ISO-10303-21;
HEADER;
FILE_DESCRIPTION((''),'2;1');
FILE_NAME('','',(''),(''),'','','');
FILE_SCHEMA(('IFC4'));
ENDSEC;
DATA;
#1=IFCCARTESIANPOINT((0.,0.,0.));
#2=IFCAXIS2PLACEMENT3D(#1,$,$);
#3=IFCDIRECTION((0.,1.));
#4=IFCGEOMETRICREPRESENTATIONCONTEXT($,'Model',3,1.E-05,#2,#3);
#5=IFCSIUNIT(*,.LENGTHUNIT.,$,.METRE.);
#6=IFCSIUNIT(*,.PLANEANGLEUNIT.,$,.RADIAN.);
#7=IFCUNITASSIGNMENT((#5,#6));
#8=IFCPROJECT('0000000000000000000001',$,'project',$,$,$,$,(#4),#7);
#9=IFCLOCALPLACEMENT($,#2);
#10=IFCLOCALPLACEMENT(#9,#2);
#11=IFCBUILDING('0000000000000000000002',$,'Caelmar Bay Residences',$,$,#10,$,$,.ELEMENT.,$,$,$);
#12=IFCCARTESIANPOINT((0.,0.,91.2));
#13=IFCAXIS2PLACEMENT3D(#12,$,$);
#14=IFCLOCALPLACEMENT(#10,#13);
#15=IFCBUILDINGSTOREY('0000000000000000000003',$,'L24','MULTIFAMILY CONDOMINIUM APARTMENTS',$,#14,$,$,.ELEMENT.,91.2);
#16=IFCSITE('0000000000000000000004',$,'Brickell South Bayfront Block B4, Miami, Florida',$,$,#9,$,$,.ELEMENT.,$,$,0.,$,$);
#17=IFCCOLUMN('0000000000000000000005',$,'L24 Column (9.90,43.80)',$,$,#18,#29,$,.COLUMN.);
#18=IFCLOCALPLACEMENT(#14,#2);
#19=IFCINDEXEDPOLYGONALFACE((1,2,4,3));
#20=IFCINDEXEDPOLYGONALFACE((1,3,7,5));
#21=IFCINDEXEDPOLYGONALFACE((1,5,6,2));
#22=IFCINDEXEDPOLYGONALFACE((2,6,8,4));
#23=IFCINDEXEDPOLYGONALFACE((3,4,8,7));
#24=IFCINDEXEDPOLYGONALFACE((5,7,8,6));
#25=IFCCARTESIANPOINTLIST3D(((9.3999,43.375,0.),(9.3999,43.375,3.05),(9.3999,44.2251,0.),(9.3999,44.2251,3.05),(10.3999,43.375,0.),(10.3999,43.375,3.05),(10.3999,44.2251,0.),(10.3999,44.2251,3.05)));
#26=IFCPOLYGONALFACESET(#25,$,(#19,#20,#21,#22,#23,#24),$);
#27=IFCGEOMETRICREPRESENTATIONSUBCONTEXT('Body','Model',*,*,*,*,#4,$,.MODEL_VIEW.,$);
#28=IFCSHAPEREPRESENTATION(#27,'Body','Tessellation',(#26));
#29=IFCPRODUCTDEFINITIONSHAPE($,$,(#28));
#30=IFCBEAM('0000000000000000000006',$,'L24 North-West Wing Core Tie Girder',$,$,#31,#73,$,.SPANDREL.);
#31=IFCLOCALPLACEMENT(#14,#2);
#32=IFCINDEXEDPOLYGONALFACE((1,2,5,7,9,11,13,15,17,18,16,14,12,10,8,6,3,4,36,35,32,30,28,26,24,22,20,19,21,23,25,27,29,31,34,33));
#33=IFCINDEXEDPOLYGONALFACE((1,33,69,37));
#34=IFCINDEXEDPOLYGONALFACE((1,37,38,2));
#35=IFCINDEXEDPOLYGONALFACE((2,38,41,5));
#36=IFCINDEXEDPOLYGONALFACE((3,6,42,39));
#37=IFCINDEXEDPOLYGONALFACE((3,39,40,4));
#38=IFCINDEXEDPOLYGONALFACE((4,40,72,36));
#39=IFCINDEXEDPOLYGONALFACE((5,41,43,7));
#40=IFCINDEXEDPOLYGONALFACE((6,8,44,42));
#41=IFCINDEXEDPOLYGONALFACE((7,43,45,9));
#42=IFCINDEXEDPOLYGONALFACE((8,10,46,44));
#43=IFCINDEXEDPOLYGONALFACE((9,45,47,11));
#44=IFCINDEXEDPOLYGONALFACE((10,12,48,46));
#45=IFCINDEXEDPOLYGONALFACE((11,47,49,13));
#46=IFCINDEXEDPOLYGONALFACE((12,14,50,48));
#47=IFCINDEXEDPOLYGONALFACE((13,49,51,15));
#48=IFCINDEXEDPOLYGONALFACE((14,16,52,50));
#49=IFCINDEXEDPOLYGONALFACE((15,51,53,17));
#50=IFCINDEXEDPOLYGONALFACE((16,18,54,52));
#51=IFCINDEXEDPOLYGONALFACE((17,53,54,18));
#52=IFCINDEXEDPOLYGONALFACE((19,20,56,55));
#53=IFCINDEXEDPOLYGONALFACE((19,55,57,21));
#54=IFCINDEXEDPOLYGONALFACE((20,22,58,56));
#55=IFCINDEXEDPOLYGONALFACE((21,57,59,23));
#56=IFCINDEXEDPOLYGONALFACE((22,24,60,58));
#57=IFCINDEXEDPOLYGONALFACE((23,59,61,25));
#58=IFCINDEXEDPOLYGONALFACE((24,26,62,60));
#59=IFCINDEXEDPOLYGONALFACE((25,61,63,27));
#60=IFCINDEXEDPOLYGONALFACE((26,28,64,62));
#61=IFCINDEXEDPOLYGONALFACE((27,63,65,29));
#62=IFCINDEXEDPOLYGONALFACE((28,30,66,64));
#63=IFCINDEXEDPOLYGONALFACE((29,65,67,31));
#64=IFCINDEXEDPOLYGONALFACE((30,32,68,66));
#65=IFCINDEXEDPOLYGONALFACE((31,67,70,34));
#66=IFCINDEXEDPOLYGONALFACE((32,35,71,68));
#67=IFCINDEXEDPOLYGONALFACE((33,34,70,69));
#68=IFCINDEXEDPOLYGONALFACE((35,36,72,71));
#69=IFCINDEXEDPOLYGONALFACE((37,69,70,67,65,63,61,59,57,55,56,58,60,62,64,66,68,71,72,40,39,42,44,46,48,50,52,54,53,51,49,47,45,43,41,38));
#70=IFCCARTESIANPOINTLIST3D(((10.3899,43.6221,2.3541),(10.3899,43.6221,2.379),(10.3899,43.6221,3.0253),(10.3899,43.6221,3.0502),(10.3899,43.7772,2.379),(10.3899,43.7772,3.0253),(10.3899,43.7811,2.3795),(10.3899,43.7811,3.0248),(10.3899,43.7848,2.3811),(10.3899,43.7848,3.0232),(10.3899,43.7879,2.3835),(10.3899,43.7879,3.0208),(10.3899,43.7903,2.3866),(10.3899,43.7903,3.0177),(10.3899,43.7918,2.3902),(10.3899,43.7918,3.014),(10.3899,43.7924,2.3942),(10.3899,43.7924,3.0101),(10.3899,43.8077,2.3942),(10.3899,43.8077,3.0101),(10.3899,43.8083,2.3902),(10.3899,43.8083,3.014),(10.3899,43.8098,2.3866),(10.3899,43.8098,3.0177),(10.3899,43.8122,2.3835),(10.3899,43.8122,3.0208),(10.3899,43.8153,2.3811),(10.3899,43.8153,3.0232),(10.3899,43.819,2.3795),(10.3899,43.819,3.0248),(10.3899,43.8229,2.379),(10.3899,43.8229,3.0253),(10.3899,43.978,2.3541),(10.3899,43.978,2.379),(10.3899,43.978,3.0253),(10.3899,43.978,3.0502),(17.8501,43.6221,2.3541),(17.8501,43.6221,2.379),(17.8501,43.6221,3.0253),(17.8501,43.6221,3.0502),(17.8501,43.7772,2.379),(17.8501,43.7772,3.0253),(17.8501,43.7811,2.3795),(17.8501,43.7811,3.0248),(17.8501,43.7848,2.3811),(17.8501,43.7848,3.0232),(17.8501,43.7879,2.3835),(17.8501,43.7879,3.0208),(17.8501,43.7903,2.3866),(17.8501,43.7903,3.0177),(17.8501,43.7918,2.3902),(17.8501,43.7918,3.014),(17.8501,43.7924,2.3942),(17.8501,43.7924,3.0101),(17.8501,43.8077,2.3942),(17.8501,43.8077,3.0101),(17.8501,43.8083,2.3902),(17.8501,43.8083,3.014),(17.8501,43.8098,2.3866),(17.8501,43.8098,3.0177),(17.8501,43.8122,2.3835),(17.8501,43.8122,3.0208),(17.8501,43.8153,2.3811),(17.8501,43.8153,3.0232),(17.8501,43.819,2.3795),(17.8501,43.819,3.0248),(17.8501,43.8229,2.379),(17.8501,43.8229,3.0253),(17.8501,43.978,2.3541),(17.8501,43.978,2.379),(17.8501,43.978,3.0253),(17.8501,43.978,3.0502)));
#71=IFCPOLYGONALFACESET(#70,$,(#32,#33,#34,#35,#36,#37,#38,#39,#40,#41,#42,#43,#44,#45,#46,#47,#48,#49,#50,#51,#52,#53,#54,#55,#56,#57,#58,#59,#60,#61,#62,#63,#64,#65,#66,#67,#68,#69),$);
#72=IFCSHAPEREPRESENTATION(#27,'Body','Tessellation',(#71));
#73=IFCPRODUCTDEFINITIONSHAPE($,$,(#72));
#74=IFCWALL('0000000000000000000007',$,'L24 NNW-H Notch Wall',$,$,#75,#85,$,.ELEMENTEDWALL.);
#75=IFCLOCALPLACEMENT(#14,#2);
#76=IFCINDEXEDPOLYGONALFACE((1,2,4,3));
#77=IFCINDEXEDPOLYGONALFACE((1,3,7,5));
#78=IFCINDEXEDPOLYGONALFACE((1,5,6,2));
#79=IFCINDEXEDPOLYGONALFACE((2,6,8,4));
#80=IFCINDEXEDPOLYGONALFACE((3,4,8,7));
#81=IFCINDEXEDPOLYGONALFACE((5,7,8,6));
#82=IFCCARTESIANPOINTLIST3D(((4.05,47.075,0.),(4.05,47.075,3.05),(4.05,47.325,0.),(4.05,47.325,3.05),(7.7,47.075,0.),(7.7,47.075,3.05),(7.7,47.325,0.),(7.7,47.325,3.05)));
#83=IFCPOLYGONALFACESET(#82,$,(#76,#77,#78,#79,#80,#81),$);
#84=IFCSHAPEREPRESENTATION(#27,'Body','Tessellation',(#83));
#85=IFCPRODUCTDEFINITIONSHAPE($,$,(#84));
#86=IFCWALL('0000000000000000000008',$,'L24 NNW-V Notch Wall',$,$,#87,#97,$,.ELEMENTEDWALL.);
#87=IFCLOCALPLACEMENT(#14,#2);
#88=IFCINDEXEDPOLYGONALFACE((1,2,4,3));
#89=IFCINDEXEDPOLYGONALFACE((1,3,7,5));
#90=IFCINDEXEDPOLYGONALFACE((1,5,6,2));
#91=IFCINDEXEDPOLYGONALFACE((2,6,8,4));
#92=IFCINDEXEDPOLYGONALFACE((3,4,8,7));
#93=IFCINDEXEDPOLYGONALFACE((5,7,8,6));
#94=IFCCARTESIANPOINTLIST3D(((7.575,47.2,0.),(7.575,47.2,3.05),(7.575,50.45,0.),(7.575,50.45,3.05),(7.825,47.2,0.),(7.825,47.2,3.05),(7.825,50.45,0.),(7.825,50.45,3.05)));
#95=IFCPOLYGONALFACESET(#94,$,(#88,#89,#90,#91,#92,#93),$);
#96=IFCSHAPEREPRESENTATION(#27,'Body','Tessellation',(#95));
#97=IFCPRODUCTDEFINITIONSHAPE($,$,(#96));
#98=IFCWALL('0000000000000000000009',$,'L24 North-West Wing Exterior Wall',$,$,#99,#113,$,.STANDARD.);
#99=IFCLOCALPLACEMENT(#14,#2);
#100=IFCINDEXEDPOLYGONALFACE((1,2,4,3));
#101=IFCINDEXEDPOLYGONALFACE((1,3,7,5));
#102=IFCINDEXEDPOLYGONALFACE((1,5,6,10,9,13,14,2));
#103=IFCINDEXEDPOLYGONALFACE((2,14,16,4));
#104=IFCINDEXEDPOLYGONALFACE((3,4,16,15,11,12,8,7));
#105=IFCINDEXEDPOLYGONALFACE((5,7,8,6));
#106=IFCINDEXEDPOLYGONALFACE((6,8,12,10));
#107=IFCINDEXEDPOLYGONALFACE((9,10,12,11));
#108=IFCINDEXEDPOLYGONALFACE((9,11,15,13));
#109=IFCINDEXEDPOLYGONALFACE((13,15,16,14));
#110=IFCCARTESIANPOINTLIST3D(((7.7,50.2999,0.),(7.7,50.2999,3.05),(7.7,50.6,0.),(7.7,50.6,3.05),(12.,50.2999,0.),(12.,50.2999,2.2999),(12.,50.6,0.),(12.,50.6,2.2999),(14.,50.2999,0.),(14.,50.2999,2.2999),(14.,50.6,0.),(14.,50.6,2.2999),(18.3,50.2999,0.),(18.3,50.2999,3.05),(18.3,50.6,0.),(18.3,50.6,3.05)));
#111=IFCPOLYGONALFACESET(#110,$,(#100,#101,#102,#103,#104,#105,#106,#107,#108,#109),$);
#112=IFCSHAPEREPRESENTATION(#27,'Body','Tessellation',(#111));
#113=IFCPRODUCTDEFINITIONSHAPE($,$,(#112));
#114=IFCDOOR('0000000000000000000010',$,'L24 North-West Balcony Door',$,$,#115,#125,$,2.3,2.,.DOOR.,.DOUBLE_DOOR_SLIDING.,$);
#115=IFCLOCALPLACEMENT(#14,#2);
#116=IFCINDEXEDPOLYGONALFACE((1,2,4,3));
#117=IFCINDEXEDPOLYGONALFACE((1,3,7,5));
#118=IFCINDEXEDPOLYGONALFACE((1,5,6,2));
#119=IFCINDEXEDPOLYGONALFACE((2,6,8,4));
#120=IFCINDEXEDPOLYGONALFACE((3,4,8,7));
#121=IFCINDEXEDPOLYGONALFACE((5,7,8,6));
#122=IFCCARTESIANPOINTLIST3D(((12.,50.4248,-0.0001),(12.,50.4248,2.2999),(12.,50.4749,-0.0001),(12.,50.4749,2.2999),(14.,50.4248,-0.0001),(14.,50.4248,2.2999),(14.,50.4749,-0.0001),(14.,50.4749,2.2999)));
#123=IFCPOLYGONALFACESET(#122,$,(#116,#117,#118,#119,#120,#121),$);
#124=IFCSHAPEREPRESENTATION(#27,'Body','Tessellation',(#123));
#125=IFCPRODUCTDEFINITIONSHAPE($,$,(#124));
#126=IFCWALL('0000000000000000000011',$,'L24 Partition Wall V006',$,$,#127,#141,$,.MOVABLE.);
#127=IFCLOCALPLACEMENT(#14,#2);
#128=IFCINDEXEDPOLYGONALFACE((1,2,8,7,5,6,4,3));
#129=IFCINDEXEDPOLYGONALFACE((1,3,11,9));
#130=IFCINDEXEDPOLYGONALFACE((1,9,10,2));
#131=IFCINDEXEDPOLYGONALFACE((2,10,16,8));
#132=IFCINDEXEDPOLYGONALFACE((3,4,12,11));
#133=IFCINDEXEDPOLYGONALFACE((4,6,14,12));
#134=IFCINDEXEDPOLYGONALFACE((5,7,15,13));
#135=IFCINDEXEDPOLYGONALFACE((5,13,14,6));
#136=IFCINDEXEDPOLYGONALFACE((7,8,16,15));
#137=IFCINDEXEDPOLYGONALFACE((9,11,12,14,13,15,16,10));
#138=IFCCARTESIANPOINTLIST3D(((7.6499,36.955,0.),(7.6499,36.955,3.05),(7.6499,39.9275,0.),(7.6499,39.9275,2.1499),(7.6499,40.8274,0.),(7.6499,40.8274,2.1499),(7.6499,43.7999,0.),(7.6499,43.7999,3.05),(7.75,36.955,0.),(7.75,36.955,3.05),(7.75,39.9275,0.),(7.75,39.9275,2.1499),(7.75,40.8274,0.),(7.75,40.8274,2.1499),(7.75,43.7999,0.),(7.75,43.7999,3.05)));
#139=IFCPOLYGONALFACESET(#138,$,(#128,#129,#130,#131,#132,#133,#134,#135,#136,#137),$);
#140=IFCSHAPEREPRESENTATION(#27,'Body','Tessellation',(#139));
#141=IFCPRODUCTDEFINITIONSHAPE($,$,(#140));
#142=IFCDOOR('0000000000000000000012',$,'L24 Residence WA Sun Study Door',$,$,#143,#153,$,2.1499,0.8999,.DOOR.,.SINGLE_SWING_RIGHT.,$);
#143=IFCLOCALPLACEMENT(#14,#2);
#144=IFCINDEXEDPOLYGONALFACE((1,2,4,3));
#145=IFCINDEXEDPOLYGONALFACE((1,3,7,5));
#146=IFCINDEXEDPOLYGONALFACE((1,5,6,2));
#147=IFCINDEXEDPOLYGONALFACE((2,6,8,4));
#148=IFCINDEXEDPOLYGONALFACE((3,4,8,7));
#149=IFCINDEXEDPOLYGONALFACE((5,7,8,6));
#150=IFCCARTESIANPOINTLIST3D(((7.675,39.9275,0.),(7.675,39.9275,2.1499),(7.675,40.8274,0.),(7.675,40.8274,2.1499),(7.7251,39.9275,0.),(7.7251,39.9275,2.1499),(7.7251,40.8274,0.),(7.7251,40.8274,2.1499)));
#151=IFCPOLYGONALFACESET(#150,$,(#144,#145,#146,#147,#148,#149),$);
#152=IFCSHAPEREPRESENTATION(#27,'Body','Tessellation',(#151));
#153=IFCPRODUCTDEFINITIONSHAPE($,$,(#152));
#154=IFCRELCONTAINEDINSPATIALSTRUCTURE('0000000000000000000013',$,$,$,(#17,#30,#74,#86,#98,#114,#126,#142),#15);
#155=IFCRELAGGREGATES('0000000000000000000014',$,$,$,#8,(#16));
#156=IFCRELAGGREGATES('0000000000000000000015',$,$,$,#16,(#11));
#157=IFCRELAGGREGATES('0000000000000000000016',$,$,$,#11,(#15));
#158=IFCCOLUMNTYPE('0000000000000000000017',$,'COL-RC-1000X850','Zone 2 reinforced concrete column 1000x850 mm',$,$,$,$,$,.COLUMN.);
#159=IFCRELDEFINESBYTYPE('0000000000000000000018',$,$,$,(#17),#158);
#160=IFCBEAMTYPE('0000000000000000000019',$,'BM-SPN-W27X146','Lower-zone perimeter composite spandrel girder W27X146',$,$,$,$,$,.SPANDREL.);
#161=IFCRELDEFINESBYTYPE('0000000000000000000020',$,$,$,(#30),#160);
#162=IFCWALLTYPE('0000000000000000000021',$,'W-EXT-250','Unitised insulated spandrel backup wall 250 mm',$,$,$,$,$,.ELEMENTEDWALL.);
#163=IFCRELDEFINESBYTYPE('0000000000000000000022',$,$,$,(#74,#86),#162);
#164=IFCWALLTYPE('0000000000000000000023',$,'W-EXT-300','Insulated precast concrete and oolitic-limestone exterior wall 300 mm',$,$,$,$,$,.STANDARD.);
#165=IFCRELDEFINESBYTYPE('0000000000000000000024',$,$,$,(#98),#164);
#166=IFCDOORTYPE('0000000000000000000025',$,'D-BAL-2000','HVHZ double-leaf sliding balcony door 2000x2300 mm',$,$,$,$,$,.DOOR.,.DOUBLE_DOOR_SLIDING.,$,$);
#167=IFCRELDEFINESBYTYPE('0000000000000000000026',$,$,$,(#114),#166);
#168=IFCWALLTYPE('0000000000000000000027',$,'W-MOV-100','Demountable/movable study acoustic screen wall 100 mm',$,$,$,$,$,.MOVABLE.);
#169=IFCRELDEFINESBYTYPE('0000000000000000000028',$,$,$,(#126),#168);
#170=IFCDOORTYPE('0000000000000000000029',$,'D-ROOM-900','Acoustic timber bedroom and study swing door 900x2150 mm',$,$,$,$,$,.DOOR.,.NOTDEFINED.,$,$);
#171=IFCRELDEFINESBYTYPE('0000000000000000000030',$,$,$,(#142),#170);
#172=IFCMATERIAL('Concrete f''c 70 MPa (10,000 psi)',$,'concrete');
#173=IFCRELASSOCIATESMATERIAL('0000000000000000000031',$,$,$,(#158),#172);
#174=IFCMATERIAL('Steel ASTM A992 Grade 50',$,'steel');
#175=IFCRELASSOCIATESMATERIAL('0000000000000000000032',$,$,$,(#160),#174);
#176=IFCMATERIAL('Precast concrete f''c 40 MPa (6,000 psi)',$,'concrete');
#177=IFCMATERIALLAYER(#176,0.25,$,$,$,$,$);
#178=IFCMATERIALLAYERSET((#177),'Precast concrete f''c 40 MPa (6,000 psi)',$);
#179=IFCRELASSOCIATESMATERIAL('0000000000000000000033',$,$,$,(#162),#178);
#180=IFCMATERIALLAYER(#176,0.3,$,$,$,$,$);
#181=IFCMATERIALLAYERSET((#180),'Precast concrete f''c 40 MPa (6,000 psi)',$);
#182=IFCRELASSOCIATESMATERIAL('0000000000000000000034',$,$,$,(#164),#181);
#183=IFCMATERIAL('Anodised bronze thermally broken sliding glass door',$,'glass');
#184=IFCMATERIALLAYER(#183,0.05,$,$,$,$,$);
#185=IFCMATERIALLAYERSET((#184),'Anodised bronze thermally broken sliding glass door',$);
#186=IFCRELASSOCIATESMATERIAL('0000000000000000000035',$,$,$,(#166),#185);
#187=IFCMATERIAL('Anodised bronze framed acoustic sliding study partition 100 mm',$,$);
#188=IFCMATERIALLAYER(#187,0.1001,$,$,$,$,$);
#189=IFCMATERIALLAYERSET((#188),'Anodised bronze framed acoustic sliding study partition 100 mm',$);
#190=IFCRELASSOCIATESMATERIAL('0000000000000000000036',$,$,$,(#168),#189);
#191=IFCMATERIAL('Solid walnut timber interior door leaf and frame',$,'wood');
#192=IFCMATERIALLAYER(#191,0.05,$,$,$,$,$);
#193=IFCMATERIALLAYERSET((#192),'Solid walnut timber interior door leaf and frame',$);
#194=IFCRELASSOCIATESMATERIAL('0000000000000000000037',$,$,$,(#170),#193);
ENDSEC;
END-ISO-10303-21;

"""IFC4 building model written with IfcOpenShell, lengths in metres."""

from ifc_helpers import new_model, si_unit, direction, frame, frame_2d, origin, origin_2d, place, context, subcontext, project, spatial, rectangle, i_section, extrude, material, layer, layer_set, material_profile, profile_set, type_object, element, fill, save


model = new_model("IFC4")

# Units and contexts
model_context = context("Model", 3, precision=1e-05, world=origin(), true_north=direction((0.0, 1.0)))
body_context = subcontext(model_context, "Body", "Model", "MODEL_VIEW")
ifc_project = project(units=[si_unit("LENGTHUNIT", "METRE"), si_unit("PLANEANGLEUNIT", "RADIAN")], contexts=[model_context])

# Site, building, storey
site_placement = place(None, origin())
site = spatial("IfcSite", under=ifc_project, at=site_placement, Name="Brickell South Bayfront Block B4, Miami, Florida", CompositionType="ELEMENT", RefElevation=0.0)
building_placement = place(site_placement, origin())
building = spatial("IfcBuilding", under=site, at=building_placement, Name="Caelmar Bay Residences", CompositionType="ELEMENT")
storey_placement = place(building_placement, frame((0.0, 0.0, 91.2)))
storey = spatial("IfcBuildingStorey", under=building, at=storey_placement, Name="L24", Description="MULTIFAMILY CONDOMINIUM APARTMENTS", CompositionType="ELEMENT", Elevation=91.2)

# Column
ifc_material_1 = material(Name="Concrete f'c 70 MPa (10,000 psi)", Category="concrete")
ifc_material_profile_1 = material_profile(ifc_material_1, rectangle(XDim=1.0, YDim=0.8501, at=origin_2d()), Name="RC-COL-1000X850")
ifc_profile_set_1 = profile_set([ifc_material_profile_1], Name="Concrete f'c 70 MPa (10,000 psi)")
column_type = type_object("IfcColumnType", Name="COL-RC-1000X850", Description="Zone 2 reinforced concrete column 1000x850 mm", PredefinedType="COLUMN", material=ifc_profile_set_1)
column_placement = place(storey_placement, frame((9.8999, 43.8, 0.0), z_axis=(0.0, 0.0, 1.0), x_axis=(1.0, 0.0, 0.0)))
element("IfcColumn", 1, at=column_placement, inside=storey, type_object=column_type, Name="L24 Column (9.90,43.80)", PredefinedType="COLUMN", context=body_context, shape_type="SweptSolid", body=[
    extrude(rectangle(XDim=1.0, YDim=0.8501, at=origin_2d()), origin(), (0.0, 0.0, 1.0), 3.05),
])

# Beam
ifc_material_2 = material(Name="Steel ASTM A992 Grade 50", Category="steel")
ifc_material_profile_2 = material_profile(ifc_material_2, i_section(OverallWidth=0.356, OverallDepth=0.696, WebThickness=0.0154, FlangeThickness=0.0249, FilletRadius=0.0151, at=origin_2d()), Name="W27X146")
ifc_profile_set_2 = profile_set([ifc_material_profile_2], Name="Steel ASTM A992 Grade 50")
beam_type = type_object("IfcBeamType", Name="BM-SPN-W27X146", Description="Lower-zone perimeter composite spandrel girder W27X146", PredefinedType="SPANDREL", material=ifc_profile_set_2)
beam_placement = place(storey_placement, frame((10.3899, 43.8, 2.7021), z_axis=(1.0, 0.0, 0.0), x_axis=(0.0, 1.0, 0.0)))
element("IfcBeam", 2, at=beam_placement, inside=storey, type_object=beam_type, Name="L24 North-West Wing Core Tie Girder", PredefinedType="SPANDREL", context=body_context, shape_type="SweptSolid", body=[
    extrude(i_section(OverallWidth=0.356, OverallDepth=0.696, WebThickness=0.0154, FlangeThickness=0.0249, FilletRadius=0.0151, at=origin_2d()), origin(), (0.0, 0.0, 1.0), 7.4602),
])

# Walls
ifc_material_3 = material(Name="Precast concrete f'c 40 MPa (6,000 psi)", Category="concrete")
ifc_layer_1 = layer(ifc_material_3, 0.25)
ifc_layer_set_1 = layer_set([ifc_layer_1], Name="Precast concrete f'c 40 MPa (6,000 psi)")
wall_type_1 = type_object("IfcWallType", Name="W-EXT-250", Description="Unitised insulated spandrel backup wall 250 mm", PredefinedType="ELEMENTEDWALL", material=ifc_layer_set_1)
wall_1_placement = place(storey_placement, frame((4.05, 47.2, 0.0), z_axis=(0.0, 0.0, 1.0), x_axis=(1.0, 0.0, 0.0)))
element("IfcWall", 3, at=wall_1_placement, inside=storey, type_object=wall_type_1, Name="L24 NNW-H Notch Wall", PredefinedType="ELEMENTEDWALL", context=body_context, shape_type="SweptSolid", body=[
    extrude(rectangle(XDim=3.6499, YDim=0.25, at=frame_2d((1.825, 0.0))), origin(), (0.0, 0.0, 1.0), 3.05),
])
wall_2_placement = place(storey_placement, frame((7.7, 47.2, 0.0), z_axis=(0.0, 0.0, 1.0), x_axis=(0.0, 1.0, 0.0)))
element("IfcWall", 4, at=wall_2_placement, inside=storey, type_object=wall_type_1, Name="L24 NNW-V Notch Wall", PredefinedType="ELEMENTEDWALL", context=body_context, shape_type="SweptSolid", body=[
    extrude(rectangle(XDim=3.25, YDim=0.25, at=frame_2d((1.625, 0.0))), origin(), (0.0, 0.0, 1.0), 3.05),
])

# Walls, openings, doors
ifc_layer_2 = layer(ifc_material_3, 0.3)
ifc_layer_set_2 = layer_set([ifc_layer_2], Name="Precast concrete f'c 40 MPa (6,000 psi)")
wall_type_2 = type_object("IfcWallType", Name="W-EXT-300", Description="Insulated precast concrete and oolitic-limestone exterior wall 300 mm", PredefinedType="STANDARD", material=ifc_layer_set_2)
wall_3_placement = place(storey_placement, frame((7.7, 50.45, 0.0), z_axis=(0.0, 0.0, 1.0), x_axis=(1.0, 0.0, 0.0)))
wall_3 = element("IfcWall", 5, at=wall_3_placement, inside=storey, type_object=wall_type_2, Name="L24 North-West Wing Exterior Wall", PredefinedType="STANDARD", context=body_context, shape_type="SweptSolid", body=[
    extrude(rectangle(XDim=10.6001, YDim=0.3, at=frame_2d((5.3, 0.0))), origin(), (0.0, 0.0, 1.0), 3.05),
])
opening_1_placement = place(wall_3_placement, frame((4.3, 0.0, 0.0)))
opening_1 = element("IfcOpeningElement", 6, at=opening_1_placement, cuts=wall_3, PredefinedType="OPENING", context=body_context, shape_type="SweptSolid", body=[
    extrude(rectangle(XDim=2.0, YDim=2.3, at=frame_2d((1.0, 1.1499))), frame((0.0, 0.1599, 0.0), z_axis=(0.0, -1.0, 0.0), x_axis=(1.0, 0.0, 0.0)), (0.0, 0.0, 1.0), 0.3201),
])
ifc_material_4 = material(Name="Anodised bronze thermally broken sliding glass door", Category="glass")
ifc_layer_3 = layer(ifc_material_4, 0.05)
ifc_layer_set_3 = layer_set([ifc_layer_3], Name="Anodised bronze thermally broken sliding glass door")
door_type_1 = type_object("IfcDoorType", Name="D-BAL-2000", Description="HVHZ double-leaf sliding balcony door 2000x2300 mm", OperationType="DOUBLE_DOOR_SLIDING", PredefinedType="DOOR", material=ifc_layer_set_3)
door_1_placement = place(opening_1_placement, origin())
door_1 = element("IfcDoor", 7, at=door_1_placement, inside=storey, type_object=door_type_1, Name="L24 North-West Balcony Door", OperationType="DOUBLE_DOOR_SLIDING", OverallHeight=2.3, OverallWidth=2.0, PredefinedType="DOOR", context=body_context, shape_type="SweptSolid", body=[
    extrude(rectangle(XDim=2.0, YDim=2.3, at=frame_2d((1.0, 1.1499))), frame((0.0, 0.0249, 0.0), z_axis=(0.0, -1.0, 0.0), x_axis=(1.0, 0.0, 0.0)), (0.0, 0.0, 1.0), 0.05),
])
fill(opening_1, door_1)
ifc_material_5 = material(Name="Anodised bronze framed acoustic sliding study partition 100 mm")
ifc_layer_4 = layer(ifc_material_5, 0.1001)
ifc_layer_set_4 = layer_set([ifc_layer_4], Name="Anodised bronze framed acoustic sliding study partition 100 mm")
wall_type_3 = type_object("IfcWallType", Name="W-MOV-100", Description="Demountable/movable study acoustic screen wall 100 mm", PredefinedType="MOVABLE", material=ifc_layer_set_4)
wall_4_placement = place(storey_placement, frame((7.7, 36.9551, 0.0), z_axis=(0.0, 0.0, 1.0), x_axis=(0.0, 1.0, 0.0)))
wall_4 = element("IfcWall", 8, at=wall_4_placement, inside=storey, type_object=wall_type_3, Name="L24 Partition Wall V006", PredefinedType="MOVABLE", context=body_context, shape_type="SweptSolid", body=[
    extrude(rectangle(XDim=6.845, YDim=0.1001, at=frame_2d((3.4224, 0.0))), origin(), (0.0, 0.0, 1.0), 3.05),
])
opening_2_placement = place(wall_4_placement, frame((2.9724, 0.0, 0.0)))
opening_2 = element("IfcOpeningElement", 9, at=opening_2_placement, cuts=wall_4, PredefinedType="OPENING", context=body_context, shape_type="SweptSolid", body=[
    extrude(rectangle(XDim=0.8999, YDim=2.1499, at=frame_2d((0.45, 1.075))), frame((0.0, 0.0601, 0.0), z_axis=(0.0, -1.0, 0.0), x_axis=(1.0, 0.0, 0.0)), (0.0, 0.0, 1.0), 0.1201),
])
ifc_material_6 = material(Name="Solid walnut timber interior door leaf and frame", Category="wood")
ifc_layer_5 = layer(ifc_material_6, 0.05)
ifc_layer_set_5 = layer_set([ifc_layer_5], Name="Solid walnut timber interior door leaf and frame")
door_type_2 = type_object("IfcDoorType", Name="D-ROOM-900", Description="Acoustic timber bedroom and study swing door 900x2150 mm", OperationType="NOTDEFINED", PredefinedType="DOOR", material=ifc_layer_set_5)
door_2_placement = place(opening_2_placement, origin())
door_2 = element("IfcDoor", 10, at=door_2_placement, inside=storey, type_object=door_type_2, Name="L24 Residence WA Sun Study Door", OperationType="SINGLE_SWING_RIGHT", OverallHeight=2.1499, OverallWidth=0.8999, PredefinedType="DOOR", context=body_context, shape_type="SweptSolid", body=[
    extrude(rectangle(XDim=0.8999, YDim=2.1499, at=frame_2d((0.45, 1.075))), frame((0.0, 0.0249, 0.0), z_axis=(0.0, -1.0, 0.0), x_axis=(1.0, 0.0, 0.0)), (0.0, 0.0, 1.0), 0.05),
])
fill(opening_2, door_2)

save(model, "model.ifc")
